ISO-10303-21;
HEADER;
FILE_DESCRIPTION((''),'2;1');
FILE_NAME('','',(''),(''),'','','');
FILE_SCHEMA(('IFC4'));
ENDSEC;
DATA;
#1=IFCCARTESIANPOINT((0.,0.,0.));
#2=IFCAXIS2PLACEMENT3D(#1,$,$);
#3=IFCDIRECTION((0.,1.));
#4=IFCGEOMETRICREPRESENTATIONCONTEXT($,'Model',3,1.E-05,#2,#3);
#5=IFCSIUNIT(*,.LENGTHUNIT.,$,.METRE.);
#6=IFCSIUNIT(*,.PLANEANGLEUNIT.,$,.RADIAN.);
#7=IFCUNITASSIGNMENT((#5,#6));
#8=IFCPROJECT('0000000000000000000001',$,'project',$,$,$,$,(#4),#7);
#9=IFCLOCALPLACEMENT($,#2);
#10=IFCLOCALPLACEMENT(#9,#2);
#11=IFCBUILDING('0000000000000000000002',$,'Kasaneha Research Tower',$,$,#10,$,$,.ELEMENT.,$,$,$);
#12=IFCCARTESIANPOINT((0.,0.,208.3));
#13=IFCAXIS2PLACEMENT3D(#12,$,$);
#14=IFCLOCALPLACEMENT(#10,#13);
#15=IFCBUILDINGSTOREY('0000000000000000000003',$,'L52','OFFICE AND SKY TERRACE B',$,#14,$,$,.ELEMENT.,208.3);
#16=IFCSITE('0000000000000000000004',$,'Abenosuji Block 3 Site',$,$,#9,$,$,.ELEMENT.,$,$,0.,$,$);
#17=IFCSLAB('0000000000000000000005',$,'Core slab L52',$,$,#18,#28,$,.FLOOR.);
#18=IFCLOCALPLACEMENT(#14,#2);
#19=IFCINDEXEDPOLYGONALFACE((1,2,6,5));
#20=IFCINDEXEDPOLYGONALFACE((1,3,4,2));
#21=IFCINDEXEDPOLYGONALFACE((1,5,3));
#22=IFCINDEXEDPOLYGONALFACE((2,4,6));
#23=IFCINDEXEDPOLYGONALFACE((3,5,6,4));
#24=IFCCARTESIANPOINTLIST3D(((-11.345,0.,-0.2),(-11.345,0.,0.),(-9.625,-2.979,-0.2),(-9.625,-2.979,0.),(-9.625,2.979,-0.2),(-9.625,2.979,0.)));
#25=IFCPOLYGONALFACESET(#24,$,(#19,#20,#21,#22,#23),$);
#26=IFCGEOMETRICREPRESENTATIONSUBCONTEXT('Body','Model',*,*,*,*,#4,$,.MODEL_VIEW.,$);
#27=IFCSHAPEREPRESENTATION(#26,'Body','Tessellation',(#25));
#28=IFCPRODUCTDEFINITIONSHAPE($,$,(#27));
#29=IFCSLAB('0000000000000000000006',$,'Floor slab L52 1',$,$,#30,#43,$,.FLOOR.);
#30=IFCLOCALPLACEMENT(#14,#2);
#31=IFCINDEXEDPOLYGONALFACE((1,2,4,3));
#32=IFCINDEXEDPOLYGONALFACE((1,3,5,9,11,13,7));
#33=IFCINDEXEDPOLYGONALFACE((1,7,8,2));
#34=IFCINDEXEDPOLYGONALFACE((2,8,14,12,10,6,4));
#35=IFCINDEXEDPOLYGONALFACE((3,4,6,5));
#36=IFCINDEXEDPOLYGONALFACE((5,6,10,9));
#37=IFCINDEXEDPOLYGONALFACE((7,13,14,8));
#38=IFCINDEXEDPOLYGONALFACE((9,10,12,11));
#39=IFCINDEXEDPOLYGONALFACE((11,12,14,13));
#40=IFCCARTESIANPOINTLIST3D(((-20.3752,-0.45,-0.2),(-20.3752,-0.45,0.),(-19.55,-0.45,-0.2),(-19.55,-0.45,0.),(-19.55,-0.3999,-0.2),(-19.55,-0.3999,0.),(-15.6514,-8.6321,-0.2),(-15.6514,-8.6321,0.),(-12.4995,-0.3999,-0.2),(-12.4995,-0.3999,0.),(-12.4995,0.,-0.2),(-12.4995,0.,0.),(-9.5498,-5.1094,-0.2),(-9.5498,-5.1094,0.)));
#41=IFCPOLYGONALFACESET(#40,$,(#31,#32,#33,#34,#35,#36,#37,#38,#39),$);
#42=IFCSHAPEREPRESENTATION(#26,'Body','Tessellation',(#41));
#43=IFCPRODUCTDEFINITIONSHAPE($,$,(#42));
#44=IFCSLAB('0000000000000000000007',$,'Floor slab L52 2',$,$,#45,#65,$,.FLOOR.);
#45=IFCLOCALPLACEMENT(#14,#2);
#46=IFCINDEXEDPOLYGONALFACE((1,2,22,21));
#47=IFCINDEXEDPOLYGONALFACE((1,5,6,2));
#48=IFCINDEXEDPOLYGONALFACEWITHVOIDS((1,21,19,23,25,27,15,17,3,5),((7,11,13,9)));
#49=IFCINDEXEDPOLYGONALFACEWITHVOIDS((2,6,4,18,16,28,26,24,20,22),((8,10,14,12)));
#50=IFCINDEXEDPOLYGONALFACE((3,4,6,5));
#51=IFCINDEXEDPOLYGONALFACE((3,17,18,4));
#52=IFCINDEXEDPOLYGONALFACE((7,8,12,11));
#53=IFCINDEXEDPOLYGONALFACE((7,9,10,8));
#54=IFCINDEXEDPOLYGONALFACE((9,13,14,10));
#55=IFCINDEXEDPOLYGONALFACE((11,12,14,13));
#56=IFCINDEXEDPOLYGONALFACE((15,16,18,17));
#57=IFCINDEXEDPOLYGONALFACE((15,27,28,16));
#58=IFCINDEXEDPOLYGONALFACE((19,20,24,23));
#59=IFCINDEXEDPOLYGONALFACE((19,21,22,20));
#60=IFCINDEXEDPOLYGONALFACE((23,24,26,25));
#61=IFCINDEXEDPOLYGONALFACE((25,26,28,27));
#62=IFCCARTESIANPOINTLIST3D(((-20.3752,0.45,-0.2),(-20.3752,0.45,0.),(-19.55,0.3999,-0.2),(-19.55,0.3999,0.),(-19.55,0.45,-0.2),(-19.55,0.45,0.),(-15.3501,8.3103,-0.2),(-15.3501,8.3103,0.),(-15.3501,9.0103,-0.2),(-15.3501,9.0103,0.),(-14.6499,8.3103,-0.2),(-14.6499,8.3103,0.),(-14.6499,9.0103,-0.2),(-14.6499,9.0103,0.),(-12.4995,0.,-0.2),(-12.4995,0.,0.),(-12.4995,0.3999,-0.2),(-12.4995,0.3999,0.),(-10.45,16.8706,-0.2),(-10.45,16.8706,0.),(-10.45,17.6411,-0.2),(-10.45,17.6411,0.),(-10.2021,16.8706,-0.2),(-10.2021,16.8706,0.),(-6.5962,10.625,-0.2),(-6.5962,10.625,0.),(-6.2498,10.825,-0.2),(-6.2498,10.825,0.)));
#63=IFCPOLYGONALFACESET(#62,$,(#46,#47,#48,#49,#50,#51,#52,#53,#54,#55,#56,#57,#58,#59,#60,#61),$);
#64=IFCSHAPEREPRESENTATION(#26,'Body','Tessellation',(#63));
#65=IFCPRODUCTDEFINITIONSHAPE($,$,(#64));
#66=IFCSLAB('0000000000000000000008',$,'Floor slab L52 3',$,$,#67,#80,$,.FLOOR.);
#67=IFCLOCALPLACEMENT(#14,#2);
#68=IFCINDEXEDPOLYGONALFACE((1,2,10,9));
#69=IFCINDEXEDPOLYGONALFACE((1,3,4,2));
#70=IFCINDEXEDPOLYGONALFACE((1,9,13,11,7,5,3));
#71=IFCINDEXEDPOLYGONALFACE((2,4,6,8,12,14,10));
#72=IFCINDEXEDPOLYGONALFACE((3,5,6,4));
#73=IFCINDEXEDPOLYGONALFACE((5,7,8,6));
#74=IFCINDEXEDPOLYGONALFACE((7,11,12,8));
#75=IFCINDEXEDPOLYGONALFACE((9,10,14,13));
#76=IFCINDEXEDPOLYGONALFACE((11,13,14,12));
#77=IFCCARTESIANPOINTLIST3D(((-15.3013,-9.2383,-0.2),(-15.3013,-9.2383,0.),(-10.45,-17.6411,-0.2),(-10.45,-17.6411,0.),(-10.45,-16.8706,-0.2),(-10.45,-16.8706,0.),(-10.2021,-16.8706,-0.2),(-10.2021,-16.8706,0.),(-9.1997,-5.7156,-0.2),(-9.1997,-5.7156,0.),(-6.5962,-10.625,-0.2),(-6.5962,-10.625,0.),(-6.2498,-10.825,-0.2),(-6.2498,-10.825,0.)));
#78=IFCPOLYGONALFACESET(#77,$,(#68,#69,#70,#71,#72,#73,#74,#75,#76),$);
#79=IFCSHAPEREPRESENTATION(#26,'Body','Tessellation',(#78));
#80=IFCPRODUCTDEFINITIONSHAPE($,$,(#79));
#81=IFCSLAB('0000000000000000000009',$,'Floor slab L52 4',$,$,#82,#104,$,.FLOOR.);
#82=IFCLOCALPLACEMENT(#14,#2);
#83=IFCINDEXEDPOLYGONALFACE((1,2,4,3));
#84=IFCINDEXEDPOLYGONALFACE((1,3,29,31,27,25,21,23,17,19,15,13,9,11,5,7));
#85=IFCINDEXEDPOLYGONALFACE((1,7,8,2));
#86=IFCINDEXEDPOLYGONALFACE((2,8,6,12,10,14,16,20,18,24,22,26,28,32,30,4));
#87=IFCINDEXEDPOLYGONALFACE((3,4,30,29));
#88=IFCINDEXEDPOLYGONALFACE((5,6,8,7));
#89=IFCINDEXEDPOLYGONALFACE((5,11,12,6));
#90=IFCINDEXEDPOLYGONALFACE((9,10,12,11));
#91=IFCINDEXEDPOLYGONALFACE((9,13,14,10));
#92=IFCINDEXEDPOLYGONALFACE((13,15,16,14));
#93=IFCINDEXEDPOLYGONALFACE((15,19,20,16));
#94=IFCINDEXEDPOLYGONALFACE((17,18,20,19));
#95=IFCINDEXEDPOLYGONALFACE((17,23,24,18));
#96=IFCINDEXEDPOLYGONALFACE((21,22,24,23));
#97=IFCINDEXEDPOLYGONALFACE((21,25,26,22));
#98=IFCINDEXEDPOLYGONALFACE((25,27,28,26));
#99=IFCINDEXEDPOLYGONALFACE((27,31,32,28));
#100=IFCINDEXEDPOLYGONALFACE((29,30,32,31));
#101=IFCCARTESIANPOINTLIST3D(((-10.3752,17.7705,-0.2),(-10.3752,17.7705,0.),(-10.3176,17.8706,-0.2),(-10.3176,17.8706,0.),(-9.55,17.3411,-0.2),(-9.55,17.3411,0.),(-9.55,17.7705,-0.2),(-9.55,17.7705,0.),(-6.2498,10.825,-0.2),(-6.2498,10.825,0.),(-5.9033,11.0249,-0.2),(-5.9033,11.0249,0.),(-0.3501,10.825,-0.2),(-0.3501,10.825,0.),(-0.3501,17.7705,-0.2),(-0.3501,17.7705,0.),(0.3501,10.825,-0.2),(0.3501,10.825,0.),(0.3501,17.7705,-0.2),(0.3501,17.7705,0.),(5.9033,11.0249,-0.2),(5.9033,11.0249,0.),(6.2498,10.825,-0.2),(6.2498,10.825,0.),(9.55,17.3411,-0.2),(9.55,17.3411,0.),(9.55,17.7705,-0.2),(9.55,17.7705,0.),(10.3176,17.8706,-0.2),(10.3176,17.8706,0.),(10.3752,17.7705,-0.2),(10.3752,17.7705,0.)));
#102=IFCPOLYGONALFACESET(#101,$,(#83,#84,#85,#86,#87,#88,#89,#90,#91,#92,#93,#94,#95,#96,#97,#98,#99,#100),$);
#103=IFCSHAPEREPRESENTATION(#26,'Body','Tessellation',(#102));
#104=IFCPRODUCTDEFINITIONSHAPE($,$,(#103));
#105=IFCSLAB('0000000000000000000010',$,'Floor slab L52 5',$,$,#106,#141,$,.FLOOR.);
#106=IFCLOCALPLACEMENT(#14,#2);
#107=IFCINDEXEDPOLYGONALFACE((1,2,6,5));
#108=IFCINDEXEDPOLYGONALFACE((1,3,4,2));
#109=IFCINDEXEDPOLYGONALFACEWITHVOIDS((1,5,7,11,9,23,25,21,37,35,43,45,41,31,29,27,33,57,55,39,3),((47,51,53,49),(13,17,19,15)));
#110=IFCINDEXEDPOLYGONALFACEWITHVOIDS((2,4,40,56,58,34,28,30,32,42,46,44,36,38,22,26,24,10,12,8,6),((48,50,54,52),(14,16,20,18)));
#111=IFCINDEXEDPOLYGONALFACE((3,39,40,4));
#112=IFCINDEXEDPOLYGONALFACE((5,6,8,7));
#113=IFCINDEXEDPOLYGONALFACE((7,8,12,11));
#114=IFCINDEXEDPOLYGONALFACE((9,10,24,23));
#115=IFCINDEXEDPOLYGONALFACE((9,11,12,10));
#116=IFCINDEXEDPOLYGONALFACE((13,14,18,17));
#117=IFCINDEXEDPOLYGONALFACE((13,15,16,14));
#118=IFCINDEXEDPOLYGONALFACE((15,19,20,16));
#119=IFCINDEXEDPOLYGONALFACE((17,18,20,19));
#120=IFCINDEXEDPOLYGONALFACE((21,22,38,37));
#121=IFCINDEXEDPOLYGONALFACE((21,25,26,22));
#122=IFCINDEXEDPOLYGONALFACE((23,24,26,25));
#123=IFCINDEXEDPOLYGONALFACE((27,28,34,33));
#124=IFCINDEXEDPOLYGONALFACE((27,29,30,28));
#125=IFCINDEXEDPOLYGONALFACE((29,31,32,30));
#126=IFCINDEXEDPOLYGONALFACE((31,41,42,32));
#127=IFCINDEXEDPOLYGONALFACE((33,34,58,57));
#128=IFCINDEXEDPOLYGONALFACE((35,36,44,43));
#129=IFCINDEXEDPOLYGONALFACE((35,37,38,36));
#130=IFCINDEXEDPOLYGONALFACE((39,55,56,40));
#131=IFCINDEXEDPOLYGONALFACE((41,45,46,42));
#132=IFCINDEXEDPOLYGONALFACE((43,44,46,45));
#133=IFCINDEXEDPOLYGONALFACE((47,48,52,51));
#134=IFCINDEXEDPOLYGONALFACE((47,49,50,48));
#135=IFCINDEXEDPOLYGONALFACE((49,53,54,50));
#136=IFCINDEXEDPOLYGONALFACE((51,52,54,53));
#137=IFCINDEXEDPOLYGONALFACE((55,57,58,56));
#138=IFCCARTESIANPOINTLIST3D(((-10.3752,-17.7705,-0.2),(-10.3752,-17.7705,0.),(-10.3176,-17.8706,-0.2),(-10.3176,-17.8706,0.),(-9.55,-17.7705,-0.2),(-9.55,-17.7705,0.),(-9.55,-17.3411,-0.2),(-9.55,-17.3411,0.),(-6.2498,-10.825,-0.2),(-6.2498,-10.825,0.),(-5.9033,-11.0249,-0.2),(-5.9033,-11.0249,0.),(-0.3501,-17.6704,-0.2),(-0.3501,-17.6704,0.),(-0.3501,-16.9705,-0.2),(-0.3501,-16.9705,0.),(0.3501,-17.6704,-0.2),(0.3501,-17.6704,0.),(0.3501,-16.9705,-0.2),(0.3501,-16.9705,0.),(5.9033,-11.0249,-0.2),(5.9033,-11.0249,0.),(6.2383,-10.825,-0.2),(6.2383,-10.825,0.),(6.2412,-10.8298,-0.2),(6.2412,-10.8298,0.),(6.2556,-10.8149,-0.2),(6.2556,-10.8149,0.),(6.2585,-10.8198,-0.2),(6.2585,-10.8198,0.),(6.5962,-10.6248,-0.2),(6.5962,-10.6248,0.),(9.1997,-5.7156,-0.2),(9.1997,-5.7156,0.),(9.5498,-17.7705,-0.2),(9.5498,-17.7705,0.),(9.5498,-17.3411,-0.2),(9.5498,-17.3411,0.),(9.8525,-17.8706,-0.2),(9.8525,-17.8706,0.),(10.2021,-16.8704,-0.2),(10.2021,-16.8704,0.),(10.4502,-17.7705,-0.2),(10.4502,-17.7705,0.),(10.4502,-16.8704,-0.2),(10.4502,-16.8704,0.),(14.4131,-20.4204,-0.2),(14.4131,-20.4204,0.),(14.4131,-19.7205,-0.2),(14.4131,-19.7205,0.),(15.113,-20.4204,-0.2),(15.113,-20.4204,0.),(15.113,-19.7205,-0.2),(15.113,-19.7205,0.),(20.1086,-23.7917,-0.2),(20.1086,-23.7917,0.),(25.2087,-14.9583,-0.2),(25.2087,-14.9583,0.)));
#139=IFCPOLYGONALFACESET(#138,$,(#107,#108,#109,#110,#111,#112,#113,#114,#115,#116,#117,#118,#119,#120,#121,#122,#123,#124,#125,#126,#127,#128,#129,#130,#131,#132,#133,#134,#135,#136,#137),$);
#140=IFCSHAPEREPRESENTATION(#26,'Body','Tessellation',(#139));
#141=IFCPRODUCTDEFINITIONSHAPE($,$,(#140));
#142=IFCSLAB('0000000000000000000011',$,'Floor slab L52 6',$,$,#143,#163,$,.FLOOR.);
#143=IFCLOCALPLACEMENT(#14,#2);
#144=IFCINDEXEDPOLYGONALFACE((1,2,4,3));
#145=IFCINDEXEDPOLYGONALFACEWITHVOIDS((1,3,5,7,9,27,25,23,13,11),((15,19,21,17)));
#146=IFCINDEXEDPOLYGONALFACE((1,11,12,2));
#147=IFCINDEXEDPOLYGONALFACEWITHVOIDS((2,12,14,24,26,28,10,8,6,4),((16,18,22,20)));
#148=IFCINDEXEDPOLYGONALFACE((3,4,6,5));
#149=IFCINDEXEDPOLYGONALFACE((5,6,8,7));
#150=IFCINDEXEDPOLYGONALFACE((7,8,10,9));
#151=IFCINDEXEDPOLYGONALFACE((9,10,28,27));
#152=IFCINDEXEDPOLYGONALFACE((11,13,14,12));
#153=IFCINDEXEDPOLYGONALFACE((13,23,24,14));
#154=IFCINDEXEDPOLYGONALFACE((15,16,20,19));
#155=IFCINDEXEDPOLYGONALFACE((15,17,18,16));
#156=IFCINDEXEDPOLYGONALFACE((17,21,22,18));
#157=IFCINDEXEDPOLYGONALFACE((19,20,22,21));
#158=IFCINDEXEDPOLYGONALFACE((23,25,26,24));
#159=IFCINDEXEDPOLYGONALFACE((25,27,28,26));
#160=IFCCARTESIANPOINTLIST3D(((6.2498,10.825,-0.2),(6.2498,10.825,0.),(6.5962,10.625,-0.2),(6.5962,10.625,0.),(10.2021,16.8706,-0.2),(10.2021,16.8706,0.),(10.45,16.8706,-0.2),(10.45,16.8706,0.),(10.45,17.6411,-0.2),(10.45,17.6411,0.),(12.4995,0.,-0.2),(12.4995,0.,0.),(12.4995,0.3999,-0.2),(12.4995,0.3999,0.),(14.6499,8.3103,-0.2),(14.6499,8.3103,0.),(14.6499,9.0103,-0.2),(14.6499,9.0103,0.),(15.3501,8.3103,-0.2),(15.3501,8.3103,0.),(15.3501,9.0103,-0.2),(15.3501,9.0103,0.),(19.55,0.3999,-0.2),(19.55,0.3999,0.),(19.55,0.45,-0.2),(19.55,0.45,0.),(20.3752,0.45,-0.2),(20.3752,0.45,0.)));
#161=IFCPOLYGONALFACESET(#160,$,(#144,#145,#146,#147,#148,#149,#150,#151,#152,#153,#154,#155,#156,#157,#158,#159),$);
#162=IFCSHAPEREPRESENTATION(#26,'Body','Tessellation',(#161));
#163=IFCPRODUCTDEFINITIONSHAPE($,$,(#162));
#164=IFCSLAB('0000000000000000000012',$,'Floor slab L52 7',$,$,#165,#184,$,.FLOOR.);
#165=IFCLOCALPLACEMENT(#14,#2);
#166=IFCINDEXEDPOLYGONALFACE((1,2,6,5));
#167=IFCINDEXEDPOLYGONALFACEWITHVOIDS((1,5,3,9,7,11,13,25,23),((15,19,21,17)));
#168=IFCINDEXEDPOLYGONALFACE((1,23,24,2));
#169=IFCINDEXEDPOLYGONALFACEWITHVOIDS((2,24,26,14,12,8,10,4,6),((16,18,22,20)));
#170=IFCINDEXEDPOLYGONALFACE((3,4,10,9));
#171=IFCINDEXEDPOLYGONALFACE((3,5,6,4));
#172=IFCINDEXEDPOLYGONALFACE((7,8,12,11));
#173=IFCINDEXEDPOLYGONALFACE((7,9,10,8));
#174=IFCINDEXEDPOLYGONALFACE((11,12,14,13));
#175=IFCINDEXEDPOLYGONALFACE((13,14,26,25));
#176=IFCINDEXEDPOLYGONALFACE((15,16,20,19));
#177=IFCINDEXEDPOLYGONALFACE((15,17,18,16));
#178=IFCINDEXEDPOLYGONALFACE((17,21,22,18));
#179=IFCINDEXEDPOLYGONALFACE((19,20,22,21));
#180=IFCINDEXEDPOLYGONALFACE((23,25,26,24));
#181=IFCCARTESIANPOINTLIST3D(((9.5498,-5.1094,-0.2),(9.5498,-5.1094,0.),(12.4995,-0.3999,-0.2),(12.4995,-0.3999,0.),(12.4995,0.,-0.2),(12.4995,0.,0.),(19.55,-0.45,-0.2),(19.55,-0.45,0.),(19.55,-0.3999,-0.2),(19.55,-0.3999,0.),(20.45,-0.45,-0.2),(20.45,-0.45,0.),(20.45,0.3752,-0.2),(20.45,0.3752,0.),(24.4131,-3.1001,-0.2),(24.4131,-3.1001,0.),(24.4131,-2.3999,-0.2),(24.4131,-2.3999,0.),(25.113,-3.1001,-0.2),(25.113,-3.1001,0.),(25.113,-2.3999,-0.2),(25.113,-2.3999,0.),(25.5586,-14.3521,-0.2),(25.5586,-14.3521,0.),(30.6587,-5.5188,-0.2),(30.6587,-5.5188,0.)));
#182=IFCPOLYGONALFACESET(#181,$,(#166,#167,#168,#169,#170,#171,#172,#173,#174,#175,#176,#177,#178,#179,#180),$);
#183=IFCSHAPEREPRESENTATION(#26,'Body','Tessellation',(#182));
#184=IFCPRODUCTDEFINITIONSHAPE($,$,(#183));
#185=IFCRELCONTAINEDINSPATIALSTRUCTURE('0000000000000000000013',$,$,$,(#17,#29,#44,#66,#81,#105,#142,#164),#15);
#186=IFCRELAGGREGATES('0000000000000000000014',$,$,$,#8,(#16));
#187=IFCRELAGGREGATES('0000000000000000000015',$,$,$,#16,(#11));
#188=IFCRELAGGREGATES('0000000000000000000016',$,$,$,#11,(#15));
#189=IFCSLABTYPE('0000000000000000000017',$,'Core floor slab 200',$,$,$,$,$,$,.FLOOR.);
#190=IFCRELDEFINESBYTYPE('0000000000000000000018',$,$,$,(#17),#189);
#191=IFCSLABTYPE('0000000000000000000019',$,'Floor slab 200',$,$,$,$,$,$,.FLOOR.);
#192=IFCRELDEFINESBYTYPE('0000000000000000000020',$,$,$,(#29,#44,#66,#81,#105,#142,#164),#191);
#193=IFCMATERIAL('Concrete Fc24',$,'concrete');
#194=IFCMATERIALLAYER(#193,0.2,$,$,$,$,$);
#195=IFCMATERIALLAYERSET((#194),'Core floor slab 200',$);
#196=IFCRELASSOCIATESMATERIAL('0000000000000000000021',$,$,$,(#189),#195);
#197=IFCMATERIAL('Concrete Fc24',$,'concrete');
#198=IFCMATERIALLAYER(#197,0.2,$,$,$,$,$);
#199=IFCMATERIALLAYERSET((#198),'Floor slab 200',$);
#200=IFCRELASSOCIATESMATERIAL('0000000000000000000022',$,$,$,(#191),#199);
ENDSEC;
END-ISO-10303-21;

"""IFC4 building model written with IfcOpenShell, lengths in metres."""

from ifc_helpers import new_model, si_unit, direction, frame, origin, place, context, subcontext, project, spatial, polyline, outline, extrude, material, layer, layer_set, type_object, element, save


model = new_model("IFC4")

# Units and contexts
model_context = context("Model", 3, precision=1e-05, world=origin(), true_north=direction((0.0, 1.0)))
body_context = subcontext(model_context, "Body", "Model", "MODEL_VIEW")
ifc_project = project(units=[si_unit("LENGTHUNIT", "METRE"), si_unit("PLANEANGLEUNIT", "RADIAN")], contexts=[model_context])

# Site, building, storey
site_placement = place(None, origin())
site = spatial("IfcSite", under=ifc_project, at=site_placement, Name="Abenosuji Block 3 Site", CompositionType="ELEMENT", RefElevation=0.0)
building_placement = place(site_placement, origin())
building = spatial("IfcBuilding", under=site, at=building_placement, Name="Kasaneha Research Tower", CompositionType="ELEMENT")
storey_placement = place(building_placement, frame((0.0, 0.0, 208.3)))
storey = spatial("IfcBuildingStorey", under=building, at=storey_placement, Name="L52", Description="OFFICE AND SKY TERRACE B", CompositionType="ELEMENT", Elevation=208.3)

# Slabs
ifc_material_1 = material(Name="Concrete Fc24", Category="concrete")
ifc_layer_1 = layer(ifc_material_1, 0.2)
ifc_layer_set_1 = layer_set([ifc_layer_1], Name="Core floor slab 200")
slab_type_1 = type_object("IfcSlabType", Name="Core floor slab 200", PredefinedType="FLOOR", material=ifc_layer_set_1)
slab_1_placement = place(storey_placement, frame((0.0, 0.0, -0.2)))
element("IfcSlab", 1, at=slab_1_placement, inside=storey, type_object=slab_type_1, Name="Core slab L52", PredefinedType="FLOOR", context=body_context, shape_type="SweptSolid", body=[
    extrude(outline(polyline([(-11.345, 0.0), (-9.625, 2.979), (-9.625, -2.979), (-11.345, 0.0)])), origin(), (0.0, 0.0, 1.0), 0.2),
])
ifc_material_2 = material(Name="Concrete Fc24", Category="concrete")
ifc_layer_2 = layer(ifc_material_2, 0.2)
ifc_layer_set_2 = layer_set([ifc_layer_2], Name="Floor slab 200")
slab_type_2 = type_object("IfcSlabType", Name="Floor slab 200", PredefinedType="FLOOR", material=ifc_layer_set_2)
slab_2_placement = place(storey_placement, frame((0.0, 0.0, -0.2)))
element("IfcSlab", 2, at=slab_2_placement, inside=storey, type_object=slab_type_2, Name="Floor slab L52 1", PredefinedType="FLOOR", context=body_context, shape_type="SweptSolid", body=[
    extrude(outline(polyline([(-19.55, -0.3999), (-12.4995, -0.3999), (-12.4995, 0.0), (-9.5498, -5.1094), (-15.6514, -8.6321), (-20.3752, -0.45), (-19.55, -0.45), (-19.55, -0.3999)])), origin(), (0.0, 0.0, 1.0), 0.2),
])
slab_3_placement = place(storey_placement, frame((0.0, 0.0, -0.2)))
element("IfcSlab", 3, at=slab_3_placement, inside=storey, type_object=slab_type_2, Name="Floor slab L52 2", PredefinedType="FLOOR", context=body_context, shape_type="SweptSolid", body=[
    extrude(outline(polyline([(-10.2021, 16.8706), (-6.5962, 10.625), (-6.2498, 10.825), (-12.4995, 0.0), (-12.4995, 0.3999), (-19.55, 0.3999), (-19.55, 0.45), (-20.3752, 0.45), (-10.45, 17.6411), (-10.45, 16.8706), (-10.2021, 16.8706)]), holes=[polyline([(-15.3501, 9.0103), (-15.3501, 8.3103), (-14.6499, 8.3103), (-14.6499, 9.0103), (-15.3501, 9.0103)])]), origin(), (0.0, 0.0, 1.0), 0.2),
])
slab_4_placement = place(storey_placement, frame((0.0, 0.0, -0.2)))
element("IfcSlab", 4, at=slab_4_placement, inside=storey, type_object=slab_type_2, Name="Floor slab L52 3", PredefinedType="FLOOR", context=body_context, shape_type="SweptSolid", body=[
    extrude(outline(polyline([(-6.2498, -10.825), (-6.5962, -10.625), (-10.2021, -16.8706), (-10.45, -16.8706), (-10.45, -17.6411), (-15.3013, -9.2383), (-9.1997, -5.7156), (-6.2498, -10.825)])), origin(), (0.0, 0.0, 1.0), 0.2),
])
slab_5_placement = place(storey_placement, frame((0.0, 0.0, -0.2)))
element("IfcSlab", 5, at=slab_5_placement, inside=storey, type_object=slab_type_2, Name="Floor slab L52 4", PredefinedType="FLOOR", context=body_context, shape_type="SweptSolid", body=[
    extrude(outline(polyline([(10.3752, 17.7705), (9.55, 17.7705), (9.55, 17.3411), (5.9033, 11.0249), (6.2498, 10.825), (0.3501, 10.825), (0.3501, 17.7705), (-0.3501, 17.7705), (-0.3501, 10.825), (-6.2498, 10.825), (-5.9033, 11.0249), (-9.55, 17.3411), (-9.55, 17.7705), (-10.3752, 17.7705), (-10.3176, 17.8706), (10.3176, 17.8706), (10.3752, 17.7705)])), origin(), (0.0, 0.0, 1.0), 0.2),
])
slab_6_placement = place(storey_placement, frame((0.0, 0.0, -0.2)))
element("IfcSlab", 6, at=slab_6_placement, inside=storey, type_object=slab_type_2, Name="Floor slab L52 5", PredefinedType="FLOOR", context=body_context, shape_type="SweptSolid", body=[
    extrude(outline(polyline([(-10.3752, -17.7705), (-9.55, -17.7705), (-9.55, -17.3411), (-5.9033, -11.0249), (-6.2498, -10.825), (6.2383, -10.825), (6.2412, -10.8298), (5.9033, -11.0249), (9.5498, -17.3411), (9.5498, -17.7705), (10.4502, -17.7705), (10.4502, -16.8704), (10.2021, -16.8704), (6.5962, -10.6248), (6.2585, -10.8198), (6.2556, -10.8149), (9.1997, -5.7156), (25.2087, -14.9583), (20.1086, -23.7917), (9.8525, -17.8706), (-10.3176, -17.8706), (-10.3752, -17.7705)]), holes=[polyline([(-0.3501, -17.6704), (0.3501, -17.6704), (0.3501, -16.9705), (-0.3501, -16.9705), (-0.3501, -17.6704)]), polyline([(14.4131, -20.4204), (15.113, -20.4204), (15.113, -19.7205), (14.4131, -19.7205), (14.4131, -20.4204)])]), origin(), (0.0, 0.0, 1.0), 0.2),
])
slab_7_placement = place(storey_placement, frame((0.0, 0.0, -0.2)))
element("IfcSlab", 7, at=slab_7_placement, inside=storey, type_object=slab_type_2, Name="Floor slab L52 6", PredefinedType="FLOOR", context=body_context, shape_type="SweptSolid", body=[
    extrude(outline(polyline([(19.55, 0.3999), (12.4995, 0.3999), (12.4995, 0.0), (6.2498, 10.825), (6.5962, 10.625), (10.2021, 16.8706), (10.45, 16.8706), (10.45, 17.6411), (20.3752, 0.45), (19.55, 0.45), (19.55, 0.3999)]), holes=[polyline([(14.6499, 9.0103), (14.6499, 8.3103), (15.3501, 8.3103), (15.3501, 9.0103), (14.6499, 9.0103)])]), origin(), (0.0, 0.0, 1.0), 0.2),
])
slab_8_placement = place(storey_placement, frame((0.0, 0.0, -0.2)))
element("IfcSlab", 8, at=slab_8_placement, inside=storey, type_object=slab_type_2, Name="Floor slab L52 7", PredefinedType="FLOOR", context=body_context, shape_type="SweptSolid", body=[
    extrude(outline(polyline([(9.5498, -5.1094), (12.4995, 0.0), (12.4995, -0.3999), (19.55, -0.3999), (19.55, -0.45), (20.45, -0.45), (20.45, 0.3752), (30.6587, -5.5188), (25.5586, -14.3521), (9.5498, -5.1094)]), holes=[polyline([(25.113, -3.1001), (25.113, -2.3999), (24.4131, -2.3999), (24.4131, -3.1001), (25.113, -3.1001)])]), origin(), (0.0, 0.0, 1.0), 0.2),
])

save(model, "model.ifc")
